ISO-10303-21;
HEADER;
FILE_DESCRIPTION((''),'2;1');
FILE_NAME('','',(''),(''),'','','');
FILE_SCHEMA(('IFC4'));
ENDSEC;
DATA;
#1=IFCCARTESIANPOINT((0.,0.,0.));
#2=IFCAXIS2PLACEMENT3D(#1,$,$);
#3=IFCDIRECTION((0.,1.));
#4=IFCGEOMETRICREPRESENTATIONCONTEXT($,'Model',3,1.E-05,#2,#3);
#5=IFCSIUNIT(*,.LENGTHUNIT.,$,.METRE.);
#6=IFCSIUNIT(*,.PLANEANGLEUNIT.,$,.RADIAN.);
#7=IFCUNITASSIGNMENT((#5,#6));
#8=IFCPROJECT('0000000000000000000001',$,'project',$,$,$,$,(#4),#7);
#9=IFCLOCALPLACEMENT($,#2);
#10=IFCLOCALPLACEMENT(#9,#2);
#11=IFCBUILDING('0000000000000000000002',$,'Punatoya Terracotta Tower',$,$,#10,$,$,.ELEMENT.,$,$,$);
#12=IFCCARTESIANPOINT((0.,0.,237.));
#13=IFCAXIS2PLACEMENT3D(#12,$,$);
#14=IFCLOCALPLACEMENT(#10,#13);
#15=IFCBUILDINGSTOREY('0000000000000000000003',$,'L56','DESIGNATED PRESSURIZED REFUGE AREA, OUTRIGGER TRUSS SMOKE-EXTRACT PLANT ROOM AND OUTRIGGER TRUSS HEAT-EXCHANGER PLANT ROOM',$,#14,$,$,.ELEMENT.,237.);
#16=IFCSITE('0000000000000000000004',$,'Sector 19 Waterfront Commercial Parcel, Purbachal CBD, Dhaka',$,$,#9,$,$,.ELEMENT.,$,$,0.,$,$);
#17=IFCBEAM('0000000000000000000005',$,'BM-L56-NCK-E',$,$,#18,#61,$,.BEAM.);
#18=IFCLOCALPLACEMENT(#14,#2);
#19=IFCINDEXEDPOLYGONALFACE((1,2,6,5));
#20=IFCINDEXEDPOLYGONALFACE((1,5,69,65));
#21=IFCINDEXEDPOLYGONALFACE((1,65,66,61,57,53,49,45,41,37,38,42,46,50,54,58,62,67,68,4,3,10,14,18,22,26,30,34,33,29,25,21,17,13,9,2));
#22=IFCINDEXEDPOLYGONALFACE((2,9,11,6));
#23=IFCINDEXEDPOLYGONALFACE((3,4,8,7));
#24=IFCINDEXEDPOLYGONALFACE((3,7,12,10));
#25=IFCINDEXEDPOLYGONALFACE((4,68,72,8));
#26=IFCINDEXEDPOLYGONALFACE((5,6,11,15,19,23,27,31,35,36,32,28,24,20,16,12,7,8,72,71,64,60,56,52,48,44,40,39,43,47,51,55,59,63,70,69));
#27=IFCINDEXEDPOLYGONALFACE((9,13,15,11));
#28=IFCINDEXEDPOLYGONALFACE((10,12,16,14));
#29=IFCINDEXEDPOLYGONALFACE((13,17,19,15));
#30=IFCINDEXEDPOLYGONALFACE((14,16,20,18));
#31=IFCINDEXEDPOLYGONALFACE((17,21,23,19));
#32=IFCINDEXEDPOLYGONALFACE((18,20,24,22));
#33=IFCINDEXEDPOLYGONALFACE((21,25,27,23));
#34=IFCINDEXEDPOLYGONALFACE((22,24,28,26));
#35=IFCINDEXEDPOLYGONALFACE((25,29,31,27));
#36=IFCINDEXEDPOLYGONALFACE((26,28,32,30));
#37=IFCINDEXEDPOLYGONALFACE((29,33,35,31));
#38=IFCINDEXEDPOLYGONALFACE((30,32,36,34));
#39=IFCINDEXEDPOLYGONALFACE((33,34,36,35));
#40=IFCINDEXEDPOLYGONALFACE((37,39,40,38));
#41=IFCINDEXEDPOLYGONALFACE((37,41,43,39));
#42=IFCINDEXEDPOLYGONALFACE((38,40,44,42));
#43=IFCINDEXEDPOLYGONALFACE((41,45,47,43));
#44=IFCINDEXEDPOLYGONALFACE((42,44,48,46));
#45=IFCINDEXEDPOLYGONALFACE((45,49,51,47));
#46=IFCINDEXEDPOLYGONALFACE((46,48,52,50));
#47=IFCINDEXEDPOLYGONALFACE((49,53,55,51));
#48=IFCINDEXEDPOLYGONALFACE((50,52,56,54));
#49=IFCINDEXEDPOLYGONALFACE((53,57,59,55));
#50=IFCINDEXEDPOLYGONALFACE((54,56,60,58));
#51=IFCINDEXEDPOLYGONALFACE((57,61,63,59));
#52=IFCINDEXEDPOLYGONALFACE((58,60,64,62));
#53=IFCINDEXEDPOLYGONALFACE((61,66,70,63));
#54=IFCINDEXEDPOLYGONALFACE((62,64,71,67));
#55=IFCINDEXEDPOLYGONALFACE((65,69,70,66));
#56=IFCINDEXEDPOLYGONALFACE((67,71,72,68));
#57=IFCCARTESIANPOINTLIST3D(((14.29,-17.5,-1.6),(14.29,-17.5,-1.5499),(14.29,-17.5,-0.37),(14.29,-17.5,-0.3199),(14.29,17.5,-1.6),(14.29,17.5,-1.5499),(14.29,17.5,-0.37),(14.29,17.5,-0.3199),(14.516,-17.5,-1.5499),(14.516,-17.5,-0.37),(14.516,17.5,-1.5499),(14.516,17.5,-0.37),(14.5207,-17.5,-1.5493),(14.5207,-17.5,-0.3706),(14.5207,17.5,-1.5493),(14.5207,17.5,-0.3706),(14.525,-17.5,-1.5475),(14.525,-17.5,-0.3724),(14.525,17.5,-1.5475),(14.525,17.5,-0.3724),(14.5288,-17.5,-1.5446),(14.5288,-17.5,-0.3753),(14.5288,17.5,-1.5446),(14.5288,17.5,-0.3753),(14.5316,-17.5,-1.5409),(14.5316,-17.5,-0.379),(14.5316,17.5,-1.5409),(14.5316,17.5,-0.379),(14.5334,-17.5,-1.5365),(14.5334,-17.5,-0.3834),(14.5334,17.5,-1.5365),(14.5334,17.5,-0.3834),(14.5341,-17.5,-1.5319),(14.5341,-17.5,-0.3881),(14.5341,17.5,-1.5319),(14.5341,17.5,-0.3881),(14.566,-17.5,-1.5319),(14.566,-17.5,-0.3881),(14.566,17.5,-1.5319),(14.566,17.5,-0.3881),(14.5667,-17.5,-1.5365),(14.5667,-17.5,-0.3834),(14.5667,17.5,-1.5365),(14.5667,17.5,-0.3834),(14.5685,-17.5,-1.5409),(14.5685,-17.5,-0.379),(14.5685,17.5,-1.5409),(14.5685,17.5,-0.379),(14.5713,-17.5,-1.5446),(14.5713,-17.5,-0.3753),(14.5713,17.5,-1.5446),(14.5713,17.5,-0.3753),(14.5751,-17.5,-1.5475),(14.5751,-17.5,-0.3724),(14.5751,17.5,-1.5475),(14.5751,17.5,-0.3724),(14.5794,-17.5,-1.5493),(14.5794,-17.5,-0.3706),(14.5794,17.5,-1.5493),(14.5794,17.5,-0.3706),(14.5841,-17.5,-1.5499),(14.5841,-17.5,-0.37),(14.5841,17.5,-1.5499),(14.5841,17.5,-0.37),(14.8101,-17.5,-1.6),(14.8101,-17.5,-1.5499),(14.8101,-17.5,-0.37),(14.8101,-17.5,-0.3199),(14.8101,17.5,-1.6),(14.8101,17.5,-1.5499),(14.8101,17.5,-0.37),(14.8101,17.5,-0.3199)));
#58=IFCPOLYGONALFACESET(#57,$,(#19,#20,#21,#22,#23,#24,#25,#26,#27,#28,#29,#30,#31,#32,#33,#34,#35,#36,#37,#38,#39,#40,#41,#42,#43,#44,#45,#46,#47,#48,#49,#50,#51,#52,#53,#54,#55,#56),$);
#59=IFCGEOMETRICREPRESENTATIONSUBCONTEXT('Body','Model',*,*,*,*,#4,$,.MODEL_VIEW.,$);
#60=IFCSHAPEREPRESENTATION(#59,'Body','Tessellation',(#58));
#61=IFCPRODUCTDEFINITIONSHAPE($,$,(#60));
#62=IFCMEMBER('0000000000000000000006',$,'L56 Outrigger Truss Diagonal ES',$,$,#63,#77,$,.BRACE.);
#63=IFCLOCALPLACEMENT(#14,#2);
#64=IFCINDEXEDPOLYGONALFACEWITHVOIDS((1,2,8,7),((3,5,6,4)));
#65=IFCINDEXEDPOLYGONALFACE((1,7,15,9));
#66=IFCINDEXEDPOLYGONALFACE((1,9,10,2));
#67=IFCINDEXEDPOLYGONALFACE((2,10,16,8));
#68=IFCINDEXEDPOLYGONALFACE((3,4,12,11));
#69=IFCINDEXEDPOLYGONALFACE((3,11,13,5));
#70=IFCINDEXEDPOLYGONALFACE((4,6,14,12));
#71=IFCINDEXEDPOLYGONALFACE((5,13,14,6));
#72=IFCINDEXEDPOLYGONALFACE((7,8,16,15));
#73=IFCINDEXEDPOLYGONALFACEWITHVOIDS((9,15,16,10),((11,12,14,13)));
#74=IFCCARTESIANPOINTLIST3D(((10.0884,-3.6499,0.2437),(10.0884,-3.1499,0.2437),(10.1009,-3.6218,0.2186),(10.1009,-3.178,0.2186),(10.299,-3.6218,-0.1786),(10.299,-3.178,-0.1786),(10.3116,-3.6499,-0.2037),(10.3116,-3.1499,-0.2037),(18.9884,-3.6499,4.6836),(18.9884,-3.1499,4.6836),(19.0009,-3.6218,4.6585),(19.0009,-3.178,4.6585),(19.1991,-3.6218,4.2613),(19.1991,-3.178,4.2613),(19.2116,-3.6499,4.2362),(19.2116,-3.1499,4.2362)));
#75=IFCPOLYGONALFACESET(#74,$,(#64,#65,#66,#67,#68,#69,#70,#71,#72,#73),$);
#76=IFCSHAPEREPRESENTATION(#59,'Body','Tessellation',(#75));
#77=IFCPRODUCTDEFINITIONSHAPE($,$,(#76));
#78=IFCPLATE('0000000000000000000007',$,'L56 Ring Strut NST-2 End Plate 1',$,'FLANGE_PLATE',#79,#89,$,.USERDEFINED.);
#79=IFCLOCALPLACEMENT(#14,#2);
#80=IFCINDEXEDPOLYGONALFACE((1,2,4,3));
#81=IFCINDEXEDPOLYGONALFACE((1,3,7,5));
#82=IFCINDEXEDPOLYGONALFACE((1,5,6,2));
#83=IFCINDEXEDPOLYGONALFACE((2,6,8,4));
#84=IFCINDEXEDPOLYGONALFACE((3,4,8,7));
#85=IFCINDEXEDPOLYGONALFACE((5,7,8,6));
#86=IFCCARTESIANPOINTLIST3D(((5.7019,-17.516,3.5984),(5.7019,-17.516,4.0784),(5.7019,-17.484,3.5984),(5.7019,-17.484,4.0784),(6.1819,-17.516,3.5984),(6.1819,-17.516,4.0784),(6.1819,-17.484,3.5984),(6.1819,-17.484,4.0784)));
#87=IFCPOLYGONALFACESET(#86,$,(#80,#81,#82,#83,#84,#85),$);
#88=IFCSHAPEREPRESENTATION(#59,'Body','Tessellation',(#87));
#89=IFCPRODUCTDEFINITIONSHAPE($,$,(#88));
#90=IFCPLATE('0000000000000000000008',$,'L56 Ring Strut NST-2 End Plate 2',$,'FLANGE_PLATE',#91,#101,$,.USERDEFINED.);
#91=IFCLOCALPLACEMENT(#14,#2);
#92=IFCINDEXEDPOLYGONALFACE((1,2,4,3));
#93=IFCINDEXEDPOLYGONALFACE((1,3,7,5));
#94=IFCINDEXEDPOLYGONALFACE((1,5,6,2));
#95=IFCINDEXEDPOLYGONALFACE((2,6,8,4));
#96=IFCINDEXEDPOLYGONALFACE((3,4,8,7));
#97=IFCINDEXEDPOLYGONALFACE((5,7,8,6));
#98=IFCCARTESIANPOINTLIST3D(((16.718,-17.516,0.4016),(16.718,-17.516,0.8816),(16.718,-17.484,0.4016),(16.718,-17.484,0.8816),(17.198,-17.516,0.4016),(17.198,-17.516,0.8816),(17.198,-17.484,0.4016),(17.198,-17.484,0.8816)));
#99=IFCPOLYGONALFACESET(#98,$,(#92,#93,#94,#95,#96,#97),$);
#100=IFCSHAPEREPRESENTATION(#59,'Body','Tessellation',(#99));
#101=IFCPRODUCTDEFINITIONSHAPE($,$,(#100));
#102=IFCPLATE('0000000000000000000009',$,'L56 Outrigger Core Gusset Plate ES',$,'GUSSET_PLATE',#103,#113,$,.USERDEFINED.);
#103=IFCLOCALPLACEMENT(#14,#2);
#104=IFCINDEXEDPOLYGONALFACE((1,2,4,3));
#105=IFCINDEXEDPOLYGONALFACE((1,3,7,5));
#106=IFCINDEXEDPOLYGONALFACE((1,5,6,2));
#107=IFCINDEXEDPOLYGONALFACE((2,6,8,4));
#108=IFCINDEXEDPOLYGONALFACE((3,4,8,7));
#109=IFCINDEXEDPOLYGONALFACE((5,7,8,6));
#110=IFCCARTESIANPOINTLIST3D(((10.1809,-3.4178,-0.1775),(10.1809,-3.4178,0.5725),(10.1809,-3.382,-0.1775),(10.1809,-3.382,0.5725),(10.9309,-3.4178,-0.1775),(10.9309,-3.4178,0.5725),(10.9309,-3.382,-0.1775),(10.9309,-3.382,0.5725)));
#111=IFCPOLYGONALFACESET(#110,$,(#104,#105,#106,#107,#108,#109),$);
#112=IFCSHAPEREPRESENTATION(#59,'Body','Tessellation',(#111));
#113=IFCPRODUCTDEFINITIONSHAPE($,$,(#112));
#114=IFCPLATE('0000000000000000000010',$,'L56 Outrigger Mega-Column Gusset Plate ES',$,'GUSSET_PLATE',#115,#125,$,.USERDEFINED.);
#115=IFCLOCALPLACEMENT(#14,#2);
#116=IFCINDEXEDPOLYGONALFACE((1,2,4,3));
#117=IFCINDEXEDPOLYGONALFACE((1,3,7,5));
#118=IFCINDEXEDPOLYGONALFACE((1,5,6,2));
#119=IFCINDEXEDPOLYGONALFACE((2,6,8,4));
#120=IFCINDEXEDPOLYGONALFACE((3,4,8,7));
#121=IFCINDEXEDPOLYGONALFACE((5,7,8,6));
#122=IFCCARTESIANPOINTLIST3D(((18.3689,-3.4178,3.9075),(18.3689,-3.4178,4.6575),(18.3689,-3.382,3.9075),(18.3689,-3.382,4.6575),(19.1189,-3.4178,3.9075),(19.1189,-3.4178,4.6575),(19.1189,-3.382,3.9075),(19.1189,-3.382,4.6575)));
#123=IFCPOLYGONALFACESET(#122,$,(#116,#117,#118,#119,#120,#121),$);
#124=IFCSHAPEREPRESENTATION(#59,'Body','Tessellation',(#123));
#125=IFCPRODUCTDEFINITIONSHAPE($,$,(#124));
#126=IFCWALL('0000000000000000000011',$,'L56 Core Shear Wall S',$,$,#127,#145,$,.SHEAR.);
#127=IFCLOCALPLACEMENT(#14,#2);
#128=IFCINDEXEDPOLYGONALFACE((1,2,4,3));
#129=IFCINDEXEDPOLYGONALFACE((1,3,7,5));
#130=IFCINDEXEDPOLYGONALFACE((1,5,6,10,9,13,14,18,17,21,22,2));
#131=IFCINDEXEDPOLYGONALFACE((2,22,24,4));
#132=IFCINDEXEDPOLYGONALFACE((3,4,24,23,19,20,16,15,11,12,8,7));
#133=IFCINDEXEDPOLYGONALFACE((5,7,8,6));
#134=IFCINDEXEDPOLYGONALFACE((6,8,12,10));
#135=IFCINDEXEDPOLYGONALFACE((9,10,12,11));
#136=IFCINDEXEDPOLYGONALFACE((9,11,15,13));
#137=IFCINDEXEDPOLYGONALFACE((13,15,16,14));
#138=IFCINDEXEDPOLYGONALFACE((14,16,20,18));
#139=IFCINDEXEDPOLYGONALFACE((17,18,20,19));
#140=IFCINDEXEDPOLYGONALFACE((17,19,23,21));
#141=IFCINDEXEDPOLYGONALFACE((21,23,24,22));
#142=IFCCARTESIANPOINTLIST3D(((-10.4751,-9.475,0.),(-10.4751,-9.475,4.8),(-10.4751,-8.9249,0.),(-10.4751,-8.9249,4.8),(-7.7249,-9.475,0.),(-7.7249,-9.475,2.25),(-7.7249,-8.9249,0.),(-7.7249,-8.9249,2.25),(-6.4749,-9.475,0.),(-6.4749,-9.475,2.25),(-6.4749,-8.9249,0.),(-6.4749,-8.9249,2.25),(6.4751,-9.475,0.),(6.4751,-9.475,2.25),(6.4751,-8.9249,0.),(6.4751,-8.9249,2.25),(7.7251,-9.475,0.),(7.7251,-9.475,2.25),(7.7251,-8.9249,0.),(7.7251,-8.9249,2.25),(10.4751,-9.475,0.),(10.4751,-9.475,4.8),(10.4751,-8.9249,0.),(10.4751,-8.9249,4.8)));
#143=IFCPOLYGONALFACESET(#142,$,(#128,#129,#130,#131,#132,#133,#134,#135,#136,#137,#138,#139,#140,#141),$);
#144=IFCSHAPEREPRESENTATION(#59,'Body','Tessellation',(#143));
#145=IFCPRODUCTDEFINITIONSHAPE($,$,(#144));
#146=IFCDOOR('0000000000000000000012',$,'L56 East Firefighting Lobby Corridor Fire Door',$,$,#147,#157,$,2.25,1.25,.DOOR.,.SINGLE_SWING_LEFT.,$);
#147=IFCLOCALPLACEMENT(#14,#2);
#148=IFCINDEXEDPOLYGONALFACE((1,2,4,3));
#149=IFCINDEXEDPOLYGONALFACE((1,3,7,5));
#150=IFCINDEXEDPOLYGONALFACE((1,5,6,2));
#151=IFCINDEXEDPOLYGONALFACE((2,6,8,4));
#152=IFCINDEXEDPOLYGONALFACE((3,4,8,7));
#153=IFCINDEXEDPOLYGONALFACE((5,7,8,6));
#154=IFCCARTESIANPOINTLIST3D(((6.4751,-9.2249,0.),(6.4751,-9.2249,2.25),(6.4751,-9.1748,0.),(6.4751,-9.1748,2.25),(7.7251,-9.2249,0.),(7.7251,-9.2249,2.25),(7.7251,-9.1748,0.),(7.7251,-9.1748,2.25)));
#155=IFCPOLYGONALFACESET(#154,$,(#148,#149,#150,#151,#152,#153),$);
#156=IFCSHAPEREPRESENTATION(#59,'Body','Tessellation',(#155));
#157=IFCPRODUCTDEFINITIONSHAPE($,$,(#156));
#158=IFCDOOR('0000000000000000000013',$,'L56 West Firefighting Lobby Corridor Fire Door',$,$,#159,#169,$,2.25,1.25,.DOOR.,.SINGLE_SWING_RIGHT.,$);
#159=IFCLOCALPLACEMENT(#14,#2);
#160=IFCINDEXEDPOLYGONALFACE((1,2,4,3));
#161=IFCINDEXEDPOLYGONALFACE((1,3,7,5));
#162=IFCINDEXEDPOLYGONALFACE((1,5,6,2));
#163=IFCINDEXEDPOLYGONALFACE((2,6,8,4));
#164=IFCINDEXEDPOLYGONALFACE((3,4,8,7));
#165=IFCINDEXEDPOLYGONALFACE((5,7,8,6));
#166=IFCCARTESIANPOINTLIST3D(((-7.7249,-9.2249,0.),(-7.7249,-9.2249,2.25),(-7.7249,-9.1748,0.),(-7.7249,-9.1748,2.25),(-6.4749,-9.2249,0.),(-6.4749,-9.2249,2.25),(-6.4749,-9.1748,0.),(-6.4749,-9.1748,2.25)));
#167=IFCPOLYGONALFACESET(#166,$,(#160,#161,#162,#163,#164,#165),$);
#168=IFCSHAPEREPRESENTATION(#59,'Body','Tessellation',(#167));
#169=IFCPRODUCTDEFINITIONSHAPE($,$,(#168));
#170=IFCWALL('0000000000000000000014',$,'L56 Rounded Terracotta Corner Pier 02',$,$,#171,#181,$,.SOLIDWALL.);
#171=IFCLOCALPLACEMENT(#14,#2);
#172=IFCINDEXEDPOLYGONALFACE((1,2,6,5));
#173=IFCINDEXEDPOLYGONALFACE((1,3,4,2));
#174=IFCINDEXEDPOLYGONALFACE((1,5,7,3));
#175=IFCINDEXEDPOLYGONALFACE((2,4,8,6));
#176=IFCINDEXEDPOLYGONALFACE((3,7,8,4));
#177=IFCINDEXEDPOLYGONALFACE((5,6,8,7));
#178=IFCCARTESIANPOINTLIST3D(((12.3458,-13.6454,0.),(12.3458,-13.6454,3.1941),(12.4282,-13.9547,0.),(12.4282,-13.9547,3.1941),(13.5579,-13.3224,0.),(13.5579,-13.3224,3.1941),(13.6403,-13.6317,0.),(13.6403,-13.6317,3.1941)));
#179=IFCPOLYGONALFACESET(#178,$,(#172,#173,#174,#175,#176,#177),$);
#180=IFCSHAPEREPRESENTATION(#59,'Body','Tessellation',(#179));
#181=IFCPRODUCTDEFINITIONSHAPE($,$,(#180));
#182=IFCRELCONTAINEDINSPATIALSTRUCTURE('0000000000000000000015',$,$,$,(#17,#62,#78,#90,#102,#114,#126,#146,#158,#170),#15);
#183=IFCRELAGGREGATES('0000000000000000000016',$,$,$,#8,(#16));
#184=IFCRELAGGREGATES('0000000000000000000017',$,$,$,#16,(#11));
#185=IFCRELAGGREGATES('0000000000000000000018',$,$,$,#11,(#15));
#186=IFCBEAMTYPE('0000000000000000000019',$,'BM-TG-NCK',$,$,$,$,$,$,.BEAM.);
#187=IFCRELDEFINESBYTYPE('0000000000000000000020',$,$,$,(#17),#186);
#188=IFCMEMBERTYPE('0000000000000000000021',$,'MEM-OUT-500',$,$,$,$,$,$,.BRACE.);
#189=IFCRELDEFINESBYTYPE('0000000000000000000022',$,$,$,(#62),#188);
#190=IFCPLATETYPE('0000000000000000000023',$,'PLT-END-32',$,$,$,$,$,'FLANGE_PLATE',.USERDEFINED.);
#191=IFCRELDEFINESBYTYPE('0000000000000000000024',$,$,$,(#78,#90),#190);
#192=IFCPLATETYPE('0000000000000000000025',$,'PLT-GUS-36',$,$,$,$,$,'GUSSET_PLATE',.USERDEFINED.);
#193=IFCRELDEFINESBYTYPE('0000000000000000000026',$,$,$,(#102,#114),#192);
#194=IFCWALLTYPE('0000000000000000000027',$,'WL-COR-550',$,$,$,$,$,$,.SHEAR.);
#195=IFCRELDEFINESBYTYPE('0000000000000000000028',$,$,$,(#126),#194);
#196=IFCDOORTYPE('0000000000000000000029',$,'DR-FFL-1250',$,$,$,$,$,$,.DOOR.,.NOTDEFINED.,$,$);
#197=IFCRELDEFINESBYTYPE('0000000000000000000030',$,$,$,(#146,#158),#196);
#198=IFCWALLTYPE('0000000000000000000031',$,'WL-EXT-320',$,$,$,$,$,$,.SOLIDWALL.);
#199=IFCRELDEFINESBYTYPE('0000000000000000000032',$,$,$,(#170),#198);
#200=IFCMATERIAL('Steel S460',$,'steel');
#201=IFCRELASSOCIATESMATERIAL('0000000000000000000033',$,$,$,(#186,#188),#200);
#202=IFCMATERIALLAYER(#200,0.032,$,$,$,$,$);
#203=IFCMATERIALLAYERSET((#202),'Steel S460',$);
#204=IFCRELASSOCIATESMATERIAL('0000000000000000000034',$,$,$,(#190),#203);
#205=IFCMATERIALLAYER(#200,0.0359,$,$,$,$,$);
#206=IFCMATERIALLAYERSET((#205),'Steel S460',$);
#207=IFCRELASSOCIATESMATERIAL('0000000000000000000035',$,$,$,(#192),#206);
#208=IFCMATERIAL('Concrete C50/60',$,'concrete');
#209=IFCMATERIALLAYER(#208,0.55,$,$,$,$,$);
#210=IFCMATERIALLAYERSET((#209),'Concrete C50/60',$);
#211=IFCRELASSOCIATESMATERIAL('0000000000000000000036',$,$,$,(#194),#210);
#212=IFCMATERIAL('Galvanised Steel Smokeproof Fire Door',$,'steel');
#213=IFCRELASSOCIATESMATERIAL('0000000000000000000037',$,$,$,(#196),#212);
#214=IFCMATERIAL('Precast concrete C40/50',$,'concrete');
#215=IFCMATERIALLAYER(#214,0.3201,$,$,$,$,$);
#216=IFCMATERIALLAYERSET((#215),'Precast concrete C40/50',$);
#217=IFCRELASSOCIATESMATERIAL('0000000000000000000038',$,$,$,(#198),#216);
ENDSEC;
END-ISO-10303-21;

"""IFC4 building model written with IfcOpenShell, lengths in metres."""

from ifc_helpers import new_model, si_unit, direction, frame, frame_2d, origin, origin_2d, place, context, subcontext, project, spatial, rectangle, hollow_rectangle, i_section, extrude, material, layer, layer_set, material_profile, profile_set, type_object, element, fill, save


model = new_model("IFC4")

# Units and contexts
model_context = context("Model", 3, precision=1e-05, world=origin(), true_north=direction((0.0, 1.0)))
body_context = subcontext(model_context, "Body", "Model", "MODEL_VIEW")
ifc_project = project(units=[si_unit("LENGTHUNIT", "METRE"), si_unit("PLANEANGLEUNIT", "RADIAN")], contexts=[model_context])

# Site, building, storey
site_placement = place(None, origin())
site = spatial("IfcSite", under=ifc_project, at=site_placement, Name="Sector 19 Waterfront Commercial Parcel, Purbachal CBD, Dhaka", CompositionType="ELEMENT", RefElevation=0.0)
building_placement = place(site_placement, origin())
building = spatial("IfcBuilding", under=site, at=building_placement, Name="Punatoya Terracotta Tower", CompositionType="ELEMENT")
storey_placement = place(building_placement, frame((0.0, 0.0, 237.0)))
storey = spatial("IfcBuildingStorey", under=building, at=storey_placement, Name="L56", Description="DESIGNATED PRESSURIZED REFUGE AREA, OUTRIGGER TRUSS SMOKE-EXTRACT PLANT ROOM AND OUTRIGGER TRUSS HEAT-EXCHANGER PLANT ROOM", CompositionType="ELEMENT", Elevation=237.0)

# Shared definitions
ifc_material_1 = material(Name="Steel S460", Category="steel")

# Beam
ifc_material_profile_1 = material_profile(ifc_material_1, i_section(OverallWidth=0.52, OverallDepth=1.28, WebThickness=0.032, FlangeThickness=0.05, FilletRadius=0.0181, at=origin_2d()))
ifc_profile_set_1 = profile_set([ifc_material_profile_1], Name="Steel S460")
beam_type_1 = type_object("IfcBeamType", Name="BM-TG-NCK", PredefinedType="BEAM", material=ifc_profile_set_1)
beam_1_placement = place(storey_placement, frame((14.55, -17.5, -0.96), z_axis=(0.0, 1.0, 0.0), x_axis=(-1.0, 0.0, 0.0)))
element("IfcBeam", 1, at=beam_1_placement, inside=storey, type_object=beam_type_1, Name="BM-L56-NCK-E", PredefinedType="BEAM", context=body_context, shape_type="SweptSolid", body=[
    extrude(i_section(OverallWidth=0.52, OverallDepth=1.28, WebThickness=0.032, FlangeThickness=0.05, FilletRadius=0.0181, at=origin_2d()), origin(), (0.0, 0.0, 1.0), 35.0),
])

# Member
ifc_material_profile_2 = material_profile(ifc_material_1, hollow_rectangle(XDim=0.5, YDim=0.5, WallThickness=0.0281, at=origin_2d()))
ifc_profile_set_2 = profile_set([ifc_material_profile_2], Name="Steel S460")
member_type = type_object("IfcMemberType", Name="MEM-OUT-500", PredefinedType="BRACE", material=ifc_profile_set_2)
member_placement = place(storey_placement, frame((10.2, -3.3999, 0.02), z_axis=(0.894834, 0.0, 0.446398), x_axis=(0.0, 1.0, 0.0)))
element("IfcMember", 2, at=member_placement, inside=storey, type_object=member_type, Name="L56 Outrigger Truss Diagonal ES", PredefinedType="BRACE", context=body_context, shape_type="SweptSolid", body=[
    extrude(hollow_rectangle(XDim=0.5, YDim=0.5, WallThickness=0.0281, at=origin_2d()), origin(), (0.0, 0.0, 1.0), 9.946),
])

# Plates
ifc_layer_1 = layer(ifc_material_1, 0.032)
ifc_layer_set_1 = layer_set([ifc_layer_1], Name="Steel S460")
plate_type_1 = type_object("IfcPlateType", Name="PLT-END-32", ElementType="FLANGE_PLATE", PredefinedType="USERDEFINED", material=ifc_layer_set_1)
for number, where, z_axis, x_axis, name in (
    (3, (5.9419, -17.5, 3.5984), (0.0, 0.0, 1.0), (1.0, 0.0, 0.0), "L56 Ring Strut NST-2 End Plate 1"),
    (4, (16.958, -17.5, 0.4016), (0.0, 0.0, 1.0), (1.0, 0.0, 0.0), "L56 Ring Strut NST-2 End Plate 2"),
):
    element("IfcPlate", number, at=place(storey_placement, frame(where, z_axis=z_axis, x_axis=x_axis)), inside=storey, type_object=plate_type_1, Name=name, ObjectType="FLANGE_PLATE", PredefinedType="USERDEFINED", context=body_context, shape_type="SweptSolid", body=[
        extrude(rectangle(XDim=0.48, YDim=0.032, at=origin_2d()), origin(), (0.0, 0.0, 1.0), 0.48),
    ])
ifc_layer_2 = layer(ifc_material_1, 0.0359)
ifc_layer_set_2 = layer_set([ifc_layer_2], Name="Steel S460")
plate_type_2 = type_object("IfcPlateType", Name="PLT-GUS-36", ElementType="GUSSET_PLATE", PredefinedType="USERDEFINED", material=ifc_layer_set_2)
for number, where, z_axis, x_axis, name in (
    (5, (10.5559, -3.3999, -0.1775), (0.0, 0.0, 1.0), (1.0, 0.0, 0.0), "L56 Outrigger Core Gusset Plate ES"),
    (6, (18.7439, -3.3999, 3.9075), (0.0, 0.0, 1.0), (1.0, 0.0, 0.0), "L56 Outrigger Mega-Column Gusset Plate ES"),
):
    element("IfcPlate", number, at=place(storey_placement, frame(where, z_axis=z_axis, x_axis=x_axis)), inside=storey, type_object=plate_type_2, Name=name, ObjectType="GUSSET_PLATE", PredefinedType="USERDEFINED", context=body_context, shape_type="SweptSolid", body=[
        extrude(rectangle(XDim=0.75, YDim=0.0359, at=origin_2d()), origin(), (0.0, 0.0, 1.0), 0.75),
    ])

# Wall, openings, doors
ifc_material_2 = material(Name="Concrete C50/60", Category="concrete")
ifc_layer_3 = layer(ifc_material_2, 0.55)
ifc_layer_set_3 = layer_set([ifc_layer_3], Name="Concrete C50/60")
wall_type_1 = type_object("IfcWallType", Name="WL-COR-550", PredefinedType="SHEAR", material=ifc_layer_set_3)
wall_1_placement = place(storey_placement, frame((10.4751, -9.2, 0.0), z_axis=(0.0, 0.0, 1.0), x_axis=(-1.0, 0.0, 0.0)))
wall_1 = element("IfcWall", 7, at=wall_1_placement, inside=storey, type_object=wall_type_1, Name="L56 Core Shear Wall S", PredefinedType="SHEAR", context=body_context, shape_type="SweptSolid", body=[
    extrude(rectangle(XDim=20.9502, YDim=0.55, at=frame_2d((10.4751, 0.0))), origin(), (0.0, 0.0, 1.0), 4.8),
])
opening_1_placement = place(wall_1_placement, frame((2.75, 0.0, 0.0)))
opening_1 = element("IfcOpeningElement", 8, at=opening_1_placement, cuts=wall_1, PredefinedType="OPENING", context=body_context, shape_type="SweptSolid", body=[
    extrude(rectangle(XDim=1.25, YDim=2.25, at=frame_2d((0.625, 1.125))), frame((0.0, 0.2849, 0.0), z_axis=(0.0, -1.0, 0.0), x_axis=(1.0, 0.0, 0.0)), (0.0, 0.0, 1.0), 0.5701),
])
opening_2_placement = place(wall_1_placement, frame((16.95, 0.0, 0.0)))
opening_2 = element("IfcOpeningElement", 9, at=opening_2_placement, cuts=wall_1, PredefinedType="OPENING", context=body_context, shape_type="SweptSolid", body=[
    extrude(rectangle(XDim=1.25, YDim=2.25, at=frame_2d((0.625, 1.125))), frame((0.0, 0.2849, 0.0), z_axis=(0.0, -1.0, 0.0), x_axis=(1.0, 0.0, 0.0)), (0.0, 0.0, 1.0), 0.5701),
])
ifc_material_3 = material(Name="Galvanised Steel Smokeproof Fire Door", Category="steel")
door_type_1 = type_object("IfcDoorType", Name="DR-FFL-1250", OperationType="NOTDEFINED", PredefinedType="DOOR", material=ifc_material_3)
door_1_placement = place(opening_1_placement, origin())
door_1 = element("IfcDoor", 10, at=door_1_placement, inside=storey, type_object=door_type_1, Name="L56 East Firefighting Lobby Corridor Fire Door", OperationType="SINGLE_SWING_LEFT", OverallHeight=2.25, OverallWidth=1.25, PredefinedType="DOOR", context=body_context, shape_type="SweptSolid", body=[
    extrude(rectangle(XDim=1.25, YDim=2.25, at=frame_2d((0.625, 1.125))), frame((0.0, 0.0249, 0.0), z_axis=(0.0, -1.0, 0.0), x_axis=(1.0, 0.0, 0.0)), (0.0, 0.0, 1.0), 0.05),
])
fill(opening_1, door_1)
door_2_placement = place(opening_2_placement, origin())
door_2 = element("IfcDoor", 11, at=door_2_placement, inside=storey, type_object=door_type_1, Name="L56 West Firefighting Lobby Corridor Fire Door", OperationType="SINGLE_SWING_RIGHT", OverallHeight=2.25, OverallWidth=1.25, PredefinedType="DOOR", context=body_context, shape_type="SweptSolid", body=[
    extrude(rectangle(XDim=1.25, YDim=2.25, at=frame_2d((0.625, 1.125))), frame((0.0, 0.0249, 0.0), z_axis=(0.0, -1.0, 0.0), x_axis=(1.0, 0.0, 0.0)), (0.0, 0.0, 1.0), 0.05),
])
fill(opening_2, door_2)

# Wall
ifc_material_4 = material(Name="Precast concrete C40/50", Category="concrete")
ifc_layer_4 = layer(ifc_material_4, 0.3201)
ifc_layer_set_4 = layer_set([ifc_layer_4], Name="Precast concrete C40/50")
wall_type_2 = type_object("IfcWallType", Name="WL-EXT-320", PredefinedType="SOLIDWALL", material=ifc_layer_set_4)
wall_2_placement = place(storey_placement, frame((12.387, -13.8, 0.0), z_axis=(0.0, 0.0, 1.0), x_axis=(0.966283, 0.257481, 0.0)))
element("IfcWall", 12, at=wall_2_placement, inside=storey, type_object=wall_type_2, Name="L56 Rounded Terracotta Corner Pier 02", PredefinedType="SOLIDWALL", context=body_context, shape_type="SweptSolid", body=[
    extrude(rectangle(XDim=1.2544, YDim=0.3201, at=frame_2d((0.6272, 0.0))), origin(), (0.0, 0.0, 1.0), 3.1941),
])

save(model, "model.ifc")
